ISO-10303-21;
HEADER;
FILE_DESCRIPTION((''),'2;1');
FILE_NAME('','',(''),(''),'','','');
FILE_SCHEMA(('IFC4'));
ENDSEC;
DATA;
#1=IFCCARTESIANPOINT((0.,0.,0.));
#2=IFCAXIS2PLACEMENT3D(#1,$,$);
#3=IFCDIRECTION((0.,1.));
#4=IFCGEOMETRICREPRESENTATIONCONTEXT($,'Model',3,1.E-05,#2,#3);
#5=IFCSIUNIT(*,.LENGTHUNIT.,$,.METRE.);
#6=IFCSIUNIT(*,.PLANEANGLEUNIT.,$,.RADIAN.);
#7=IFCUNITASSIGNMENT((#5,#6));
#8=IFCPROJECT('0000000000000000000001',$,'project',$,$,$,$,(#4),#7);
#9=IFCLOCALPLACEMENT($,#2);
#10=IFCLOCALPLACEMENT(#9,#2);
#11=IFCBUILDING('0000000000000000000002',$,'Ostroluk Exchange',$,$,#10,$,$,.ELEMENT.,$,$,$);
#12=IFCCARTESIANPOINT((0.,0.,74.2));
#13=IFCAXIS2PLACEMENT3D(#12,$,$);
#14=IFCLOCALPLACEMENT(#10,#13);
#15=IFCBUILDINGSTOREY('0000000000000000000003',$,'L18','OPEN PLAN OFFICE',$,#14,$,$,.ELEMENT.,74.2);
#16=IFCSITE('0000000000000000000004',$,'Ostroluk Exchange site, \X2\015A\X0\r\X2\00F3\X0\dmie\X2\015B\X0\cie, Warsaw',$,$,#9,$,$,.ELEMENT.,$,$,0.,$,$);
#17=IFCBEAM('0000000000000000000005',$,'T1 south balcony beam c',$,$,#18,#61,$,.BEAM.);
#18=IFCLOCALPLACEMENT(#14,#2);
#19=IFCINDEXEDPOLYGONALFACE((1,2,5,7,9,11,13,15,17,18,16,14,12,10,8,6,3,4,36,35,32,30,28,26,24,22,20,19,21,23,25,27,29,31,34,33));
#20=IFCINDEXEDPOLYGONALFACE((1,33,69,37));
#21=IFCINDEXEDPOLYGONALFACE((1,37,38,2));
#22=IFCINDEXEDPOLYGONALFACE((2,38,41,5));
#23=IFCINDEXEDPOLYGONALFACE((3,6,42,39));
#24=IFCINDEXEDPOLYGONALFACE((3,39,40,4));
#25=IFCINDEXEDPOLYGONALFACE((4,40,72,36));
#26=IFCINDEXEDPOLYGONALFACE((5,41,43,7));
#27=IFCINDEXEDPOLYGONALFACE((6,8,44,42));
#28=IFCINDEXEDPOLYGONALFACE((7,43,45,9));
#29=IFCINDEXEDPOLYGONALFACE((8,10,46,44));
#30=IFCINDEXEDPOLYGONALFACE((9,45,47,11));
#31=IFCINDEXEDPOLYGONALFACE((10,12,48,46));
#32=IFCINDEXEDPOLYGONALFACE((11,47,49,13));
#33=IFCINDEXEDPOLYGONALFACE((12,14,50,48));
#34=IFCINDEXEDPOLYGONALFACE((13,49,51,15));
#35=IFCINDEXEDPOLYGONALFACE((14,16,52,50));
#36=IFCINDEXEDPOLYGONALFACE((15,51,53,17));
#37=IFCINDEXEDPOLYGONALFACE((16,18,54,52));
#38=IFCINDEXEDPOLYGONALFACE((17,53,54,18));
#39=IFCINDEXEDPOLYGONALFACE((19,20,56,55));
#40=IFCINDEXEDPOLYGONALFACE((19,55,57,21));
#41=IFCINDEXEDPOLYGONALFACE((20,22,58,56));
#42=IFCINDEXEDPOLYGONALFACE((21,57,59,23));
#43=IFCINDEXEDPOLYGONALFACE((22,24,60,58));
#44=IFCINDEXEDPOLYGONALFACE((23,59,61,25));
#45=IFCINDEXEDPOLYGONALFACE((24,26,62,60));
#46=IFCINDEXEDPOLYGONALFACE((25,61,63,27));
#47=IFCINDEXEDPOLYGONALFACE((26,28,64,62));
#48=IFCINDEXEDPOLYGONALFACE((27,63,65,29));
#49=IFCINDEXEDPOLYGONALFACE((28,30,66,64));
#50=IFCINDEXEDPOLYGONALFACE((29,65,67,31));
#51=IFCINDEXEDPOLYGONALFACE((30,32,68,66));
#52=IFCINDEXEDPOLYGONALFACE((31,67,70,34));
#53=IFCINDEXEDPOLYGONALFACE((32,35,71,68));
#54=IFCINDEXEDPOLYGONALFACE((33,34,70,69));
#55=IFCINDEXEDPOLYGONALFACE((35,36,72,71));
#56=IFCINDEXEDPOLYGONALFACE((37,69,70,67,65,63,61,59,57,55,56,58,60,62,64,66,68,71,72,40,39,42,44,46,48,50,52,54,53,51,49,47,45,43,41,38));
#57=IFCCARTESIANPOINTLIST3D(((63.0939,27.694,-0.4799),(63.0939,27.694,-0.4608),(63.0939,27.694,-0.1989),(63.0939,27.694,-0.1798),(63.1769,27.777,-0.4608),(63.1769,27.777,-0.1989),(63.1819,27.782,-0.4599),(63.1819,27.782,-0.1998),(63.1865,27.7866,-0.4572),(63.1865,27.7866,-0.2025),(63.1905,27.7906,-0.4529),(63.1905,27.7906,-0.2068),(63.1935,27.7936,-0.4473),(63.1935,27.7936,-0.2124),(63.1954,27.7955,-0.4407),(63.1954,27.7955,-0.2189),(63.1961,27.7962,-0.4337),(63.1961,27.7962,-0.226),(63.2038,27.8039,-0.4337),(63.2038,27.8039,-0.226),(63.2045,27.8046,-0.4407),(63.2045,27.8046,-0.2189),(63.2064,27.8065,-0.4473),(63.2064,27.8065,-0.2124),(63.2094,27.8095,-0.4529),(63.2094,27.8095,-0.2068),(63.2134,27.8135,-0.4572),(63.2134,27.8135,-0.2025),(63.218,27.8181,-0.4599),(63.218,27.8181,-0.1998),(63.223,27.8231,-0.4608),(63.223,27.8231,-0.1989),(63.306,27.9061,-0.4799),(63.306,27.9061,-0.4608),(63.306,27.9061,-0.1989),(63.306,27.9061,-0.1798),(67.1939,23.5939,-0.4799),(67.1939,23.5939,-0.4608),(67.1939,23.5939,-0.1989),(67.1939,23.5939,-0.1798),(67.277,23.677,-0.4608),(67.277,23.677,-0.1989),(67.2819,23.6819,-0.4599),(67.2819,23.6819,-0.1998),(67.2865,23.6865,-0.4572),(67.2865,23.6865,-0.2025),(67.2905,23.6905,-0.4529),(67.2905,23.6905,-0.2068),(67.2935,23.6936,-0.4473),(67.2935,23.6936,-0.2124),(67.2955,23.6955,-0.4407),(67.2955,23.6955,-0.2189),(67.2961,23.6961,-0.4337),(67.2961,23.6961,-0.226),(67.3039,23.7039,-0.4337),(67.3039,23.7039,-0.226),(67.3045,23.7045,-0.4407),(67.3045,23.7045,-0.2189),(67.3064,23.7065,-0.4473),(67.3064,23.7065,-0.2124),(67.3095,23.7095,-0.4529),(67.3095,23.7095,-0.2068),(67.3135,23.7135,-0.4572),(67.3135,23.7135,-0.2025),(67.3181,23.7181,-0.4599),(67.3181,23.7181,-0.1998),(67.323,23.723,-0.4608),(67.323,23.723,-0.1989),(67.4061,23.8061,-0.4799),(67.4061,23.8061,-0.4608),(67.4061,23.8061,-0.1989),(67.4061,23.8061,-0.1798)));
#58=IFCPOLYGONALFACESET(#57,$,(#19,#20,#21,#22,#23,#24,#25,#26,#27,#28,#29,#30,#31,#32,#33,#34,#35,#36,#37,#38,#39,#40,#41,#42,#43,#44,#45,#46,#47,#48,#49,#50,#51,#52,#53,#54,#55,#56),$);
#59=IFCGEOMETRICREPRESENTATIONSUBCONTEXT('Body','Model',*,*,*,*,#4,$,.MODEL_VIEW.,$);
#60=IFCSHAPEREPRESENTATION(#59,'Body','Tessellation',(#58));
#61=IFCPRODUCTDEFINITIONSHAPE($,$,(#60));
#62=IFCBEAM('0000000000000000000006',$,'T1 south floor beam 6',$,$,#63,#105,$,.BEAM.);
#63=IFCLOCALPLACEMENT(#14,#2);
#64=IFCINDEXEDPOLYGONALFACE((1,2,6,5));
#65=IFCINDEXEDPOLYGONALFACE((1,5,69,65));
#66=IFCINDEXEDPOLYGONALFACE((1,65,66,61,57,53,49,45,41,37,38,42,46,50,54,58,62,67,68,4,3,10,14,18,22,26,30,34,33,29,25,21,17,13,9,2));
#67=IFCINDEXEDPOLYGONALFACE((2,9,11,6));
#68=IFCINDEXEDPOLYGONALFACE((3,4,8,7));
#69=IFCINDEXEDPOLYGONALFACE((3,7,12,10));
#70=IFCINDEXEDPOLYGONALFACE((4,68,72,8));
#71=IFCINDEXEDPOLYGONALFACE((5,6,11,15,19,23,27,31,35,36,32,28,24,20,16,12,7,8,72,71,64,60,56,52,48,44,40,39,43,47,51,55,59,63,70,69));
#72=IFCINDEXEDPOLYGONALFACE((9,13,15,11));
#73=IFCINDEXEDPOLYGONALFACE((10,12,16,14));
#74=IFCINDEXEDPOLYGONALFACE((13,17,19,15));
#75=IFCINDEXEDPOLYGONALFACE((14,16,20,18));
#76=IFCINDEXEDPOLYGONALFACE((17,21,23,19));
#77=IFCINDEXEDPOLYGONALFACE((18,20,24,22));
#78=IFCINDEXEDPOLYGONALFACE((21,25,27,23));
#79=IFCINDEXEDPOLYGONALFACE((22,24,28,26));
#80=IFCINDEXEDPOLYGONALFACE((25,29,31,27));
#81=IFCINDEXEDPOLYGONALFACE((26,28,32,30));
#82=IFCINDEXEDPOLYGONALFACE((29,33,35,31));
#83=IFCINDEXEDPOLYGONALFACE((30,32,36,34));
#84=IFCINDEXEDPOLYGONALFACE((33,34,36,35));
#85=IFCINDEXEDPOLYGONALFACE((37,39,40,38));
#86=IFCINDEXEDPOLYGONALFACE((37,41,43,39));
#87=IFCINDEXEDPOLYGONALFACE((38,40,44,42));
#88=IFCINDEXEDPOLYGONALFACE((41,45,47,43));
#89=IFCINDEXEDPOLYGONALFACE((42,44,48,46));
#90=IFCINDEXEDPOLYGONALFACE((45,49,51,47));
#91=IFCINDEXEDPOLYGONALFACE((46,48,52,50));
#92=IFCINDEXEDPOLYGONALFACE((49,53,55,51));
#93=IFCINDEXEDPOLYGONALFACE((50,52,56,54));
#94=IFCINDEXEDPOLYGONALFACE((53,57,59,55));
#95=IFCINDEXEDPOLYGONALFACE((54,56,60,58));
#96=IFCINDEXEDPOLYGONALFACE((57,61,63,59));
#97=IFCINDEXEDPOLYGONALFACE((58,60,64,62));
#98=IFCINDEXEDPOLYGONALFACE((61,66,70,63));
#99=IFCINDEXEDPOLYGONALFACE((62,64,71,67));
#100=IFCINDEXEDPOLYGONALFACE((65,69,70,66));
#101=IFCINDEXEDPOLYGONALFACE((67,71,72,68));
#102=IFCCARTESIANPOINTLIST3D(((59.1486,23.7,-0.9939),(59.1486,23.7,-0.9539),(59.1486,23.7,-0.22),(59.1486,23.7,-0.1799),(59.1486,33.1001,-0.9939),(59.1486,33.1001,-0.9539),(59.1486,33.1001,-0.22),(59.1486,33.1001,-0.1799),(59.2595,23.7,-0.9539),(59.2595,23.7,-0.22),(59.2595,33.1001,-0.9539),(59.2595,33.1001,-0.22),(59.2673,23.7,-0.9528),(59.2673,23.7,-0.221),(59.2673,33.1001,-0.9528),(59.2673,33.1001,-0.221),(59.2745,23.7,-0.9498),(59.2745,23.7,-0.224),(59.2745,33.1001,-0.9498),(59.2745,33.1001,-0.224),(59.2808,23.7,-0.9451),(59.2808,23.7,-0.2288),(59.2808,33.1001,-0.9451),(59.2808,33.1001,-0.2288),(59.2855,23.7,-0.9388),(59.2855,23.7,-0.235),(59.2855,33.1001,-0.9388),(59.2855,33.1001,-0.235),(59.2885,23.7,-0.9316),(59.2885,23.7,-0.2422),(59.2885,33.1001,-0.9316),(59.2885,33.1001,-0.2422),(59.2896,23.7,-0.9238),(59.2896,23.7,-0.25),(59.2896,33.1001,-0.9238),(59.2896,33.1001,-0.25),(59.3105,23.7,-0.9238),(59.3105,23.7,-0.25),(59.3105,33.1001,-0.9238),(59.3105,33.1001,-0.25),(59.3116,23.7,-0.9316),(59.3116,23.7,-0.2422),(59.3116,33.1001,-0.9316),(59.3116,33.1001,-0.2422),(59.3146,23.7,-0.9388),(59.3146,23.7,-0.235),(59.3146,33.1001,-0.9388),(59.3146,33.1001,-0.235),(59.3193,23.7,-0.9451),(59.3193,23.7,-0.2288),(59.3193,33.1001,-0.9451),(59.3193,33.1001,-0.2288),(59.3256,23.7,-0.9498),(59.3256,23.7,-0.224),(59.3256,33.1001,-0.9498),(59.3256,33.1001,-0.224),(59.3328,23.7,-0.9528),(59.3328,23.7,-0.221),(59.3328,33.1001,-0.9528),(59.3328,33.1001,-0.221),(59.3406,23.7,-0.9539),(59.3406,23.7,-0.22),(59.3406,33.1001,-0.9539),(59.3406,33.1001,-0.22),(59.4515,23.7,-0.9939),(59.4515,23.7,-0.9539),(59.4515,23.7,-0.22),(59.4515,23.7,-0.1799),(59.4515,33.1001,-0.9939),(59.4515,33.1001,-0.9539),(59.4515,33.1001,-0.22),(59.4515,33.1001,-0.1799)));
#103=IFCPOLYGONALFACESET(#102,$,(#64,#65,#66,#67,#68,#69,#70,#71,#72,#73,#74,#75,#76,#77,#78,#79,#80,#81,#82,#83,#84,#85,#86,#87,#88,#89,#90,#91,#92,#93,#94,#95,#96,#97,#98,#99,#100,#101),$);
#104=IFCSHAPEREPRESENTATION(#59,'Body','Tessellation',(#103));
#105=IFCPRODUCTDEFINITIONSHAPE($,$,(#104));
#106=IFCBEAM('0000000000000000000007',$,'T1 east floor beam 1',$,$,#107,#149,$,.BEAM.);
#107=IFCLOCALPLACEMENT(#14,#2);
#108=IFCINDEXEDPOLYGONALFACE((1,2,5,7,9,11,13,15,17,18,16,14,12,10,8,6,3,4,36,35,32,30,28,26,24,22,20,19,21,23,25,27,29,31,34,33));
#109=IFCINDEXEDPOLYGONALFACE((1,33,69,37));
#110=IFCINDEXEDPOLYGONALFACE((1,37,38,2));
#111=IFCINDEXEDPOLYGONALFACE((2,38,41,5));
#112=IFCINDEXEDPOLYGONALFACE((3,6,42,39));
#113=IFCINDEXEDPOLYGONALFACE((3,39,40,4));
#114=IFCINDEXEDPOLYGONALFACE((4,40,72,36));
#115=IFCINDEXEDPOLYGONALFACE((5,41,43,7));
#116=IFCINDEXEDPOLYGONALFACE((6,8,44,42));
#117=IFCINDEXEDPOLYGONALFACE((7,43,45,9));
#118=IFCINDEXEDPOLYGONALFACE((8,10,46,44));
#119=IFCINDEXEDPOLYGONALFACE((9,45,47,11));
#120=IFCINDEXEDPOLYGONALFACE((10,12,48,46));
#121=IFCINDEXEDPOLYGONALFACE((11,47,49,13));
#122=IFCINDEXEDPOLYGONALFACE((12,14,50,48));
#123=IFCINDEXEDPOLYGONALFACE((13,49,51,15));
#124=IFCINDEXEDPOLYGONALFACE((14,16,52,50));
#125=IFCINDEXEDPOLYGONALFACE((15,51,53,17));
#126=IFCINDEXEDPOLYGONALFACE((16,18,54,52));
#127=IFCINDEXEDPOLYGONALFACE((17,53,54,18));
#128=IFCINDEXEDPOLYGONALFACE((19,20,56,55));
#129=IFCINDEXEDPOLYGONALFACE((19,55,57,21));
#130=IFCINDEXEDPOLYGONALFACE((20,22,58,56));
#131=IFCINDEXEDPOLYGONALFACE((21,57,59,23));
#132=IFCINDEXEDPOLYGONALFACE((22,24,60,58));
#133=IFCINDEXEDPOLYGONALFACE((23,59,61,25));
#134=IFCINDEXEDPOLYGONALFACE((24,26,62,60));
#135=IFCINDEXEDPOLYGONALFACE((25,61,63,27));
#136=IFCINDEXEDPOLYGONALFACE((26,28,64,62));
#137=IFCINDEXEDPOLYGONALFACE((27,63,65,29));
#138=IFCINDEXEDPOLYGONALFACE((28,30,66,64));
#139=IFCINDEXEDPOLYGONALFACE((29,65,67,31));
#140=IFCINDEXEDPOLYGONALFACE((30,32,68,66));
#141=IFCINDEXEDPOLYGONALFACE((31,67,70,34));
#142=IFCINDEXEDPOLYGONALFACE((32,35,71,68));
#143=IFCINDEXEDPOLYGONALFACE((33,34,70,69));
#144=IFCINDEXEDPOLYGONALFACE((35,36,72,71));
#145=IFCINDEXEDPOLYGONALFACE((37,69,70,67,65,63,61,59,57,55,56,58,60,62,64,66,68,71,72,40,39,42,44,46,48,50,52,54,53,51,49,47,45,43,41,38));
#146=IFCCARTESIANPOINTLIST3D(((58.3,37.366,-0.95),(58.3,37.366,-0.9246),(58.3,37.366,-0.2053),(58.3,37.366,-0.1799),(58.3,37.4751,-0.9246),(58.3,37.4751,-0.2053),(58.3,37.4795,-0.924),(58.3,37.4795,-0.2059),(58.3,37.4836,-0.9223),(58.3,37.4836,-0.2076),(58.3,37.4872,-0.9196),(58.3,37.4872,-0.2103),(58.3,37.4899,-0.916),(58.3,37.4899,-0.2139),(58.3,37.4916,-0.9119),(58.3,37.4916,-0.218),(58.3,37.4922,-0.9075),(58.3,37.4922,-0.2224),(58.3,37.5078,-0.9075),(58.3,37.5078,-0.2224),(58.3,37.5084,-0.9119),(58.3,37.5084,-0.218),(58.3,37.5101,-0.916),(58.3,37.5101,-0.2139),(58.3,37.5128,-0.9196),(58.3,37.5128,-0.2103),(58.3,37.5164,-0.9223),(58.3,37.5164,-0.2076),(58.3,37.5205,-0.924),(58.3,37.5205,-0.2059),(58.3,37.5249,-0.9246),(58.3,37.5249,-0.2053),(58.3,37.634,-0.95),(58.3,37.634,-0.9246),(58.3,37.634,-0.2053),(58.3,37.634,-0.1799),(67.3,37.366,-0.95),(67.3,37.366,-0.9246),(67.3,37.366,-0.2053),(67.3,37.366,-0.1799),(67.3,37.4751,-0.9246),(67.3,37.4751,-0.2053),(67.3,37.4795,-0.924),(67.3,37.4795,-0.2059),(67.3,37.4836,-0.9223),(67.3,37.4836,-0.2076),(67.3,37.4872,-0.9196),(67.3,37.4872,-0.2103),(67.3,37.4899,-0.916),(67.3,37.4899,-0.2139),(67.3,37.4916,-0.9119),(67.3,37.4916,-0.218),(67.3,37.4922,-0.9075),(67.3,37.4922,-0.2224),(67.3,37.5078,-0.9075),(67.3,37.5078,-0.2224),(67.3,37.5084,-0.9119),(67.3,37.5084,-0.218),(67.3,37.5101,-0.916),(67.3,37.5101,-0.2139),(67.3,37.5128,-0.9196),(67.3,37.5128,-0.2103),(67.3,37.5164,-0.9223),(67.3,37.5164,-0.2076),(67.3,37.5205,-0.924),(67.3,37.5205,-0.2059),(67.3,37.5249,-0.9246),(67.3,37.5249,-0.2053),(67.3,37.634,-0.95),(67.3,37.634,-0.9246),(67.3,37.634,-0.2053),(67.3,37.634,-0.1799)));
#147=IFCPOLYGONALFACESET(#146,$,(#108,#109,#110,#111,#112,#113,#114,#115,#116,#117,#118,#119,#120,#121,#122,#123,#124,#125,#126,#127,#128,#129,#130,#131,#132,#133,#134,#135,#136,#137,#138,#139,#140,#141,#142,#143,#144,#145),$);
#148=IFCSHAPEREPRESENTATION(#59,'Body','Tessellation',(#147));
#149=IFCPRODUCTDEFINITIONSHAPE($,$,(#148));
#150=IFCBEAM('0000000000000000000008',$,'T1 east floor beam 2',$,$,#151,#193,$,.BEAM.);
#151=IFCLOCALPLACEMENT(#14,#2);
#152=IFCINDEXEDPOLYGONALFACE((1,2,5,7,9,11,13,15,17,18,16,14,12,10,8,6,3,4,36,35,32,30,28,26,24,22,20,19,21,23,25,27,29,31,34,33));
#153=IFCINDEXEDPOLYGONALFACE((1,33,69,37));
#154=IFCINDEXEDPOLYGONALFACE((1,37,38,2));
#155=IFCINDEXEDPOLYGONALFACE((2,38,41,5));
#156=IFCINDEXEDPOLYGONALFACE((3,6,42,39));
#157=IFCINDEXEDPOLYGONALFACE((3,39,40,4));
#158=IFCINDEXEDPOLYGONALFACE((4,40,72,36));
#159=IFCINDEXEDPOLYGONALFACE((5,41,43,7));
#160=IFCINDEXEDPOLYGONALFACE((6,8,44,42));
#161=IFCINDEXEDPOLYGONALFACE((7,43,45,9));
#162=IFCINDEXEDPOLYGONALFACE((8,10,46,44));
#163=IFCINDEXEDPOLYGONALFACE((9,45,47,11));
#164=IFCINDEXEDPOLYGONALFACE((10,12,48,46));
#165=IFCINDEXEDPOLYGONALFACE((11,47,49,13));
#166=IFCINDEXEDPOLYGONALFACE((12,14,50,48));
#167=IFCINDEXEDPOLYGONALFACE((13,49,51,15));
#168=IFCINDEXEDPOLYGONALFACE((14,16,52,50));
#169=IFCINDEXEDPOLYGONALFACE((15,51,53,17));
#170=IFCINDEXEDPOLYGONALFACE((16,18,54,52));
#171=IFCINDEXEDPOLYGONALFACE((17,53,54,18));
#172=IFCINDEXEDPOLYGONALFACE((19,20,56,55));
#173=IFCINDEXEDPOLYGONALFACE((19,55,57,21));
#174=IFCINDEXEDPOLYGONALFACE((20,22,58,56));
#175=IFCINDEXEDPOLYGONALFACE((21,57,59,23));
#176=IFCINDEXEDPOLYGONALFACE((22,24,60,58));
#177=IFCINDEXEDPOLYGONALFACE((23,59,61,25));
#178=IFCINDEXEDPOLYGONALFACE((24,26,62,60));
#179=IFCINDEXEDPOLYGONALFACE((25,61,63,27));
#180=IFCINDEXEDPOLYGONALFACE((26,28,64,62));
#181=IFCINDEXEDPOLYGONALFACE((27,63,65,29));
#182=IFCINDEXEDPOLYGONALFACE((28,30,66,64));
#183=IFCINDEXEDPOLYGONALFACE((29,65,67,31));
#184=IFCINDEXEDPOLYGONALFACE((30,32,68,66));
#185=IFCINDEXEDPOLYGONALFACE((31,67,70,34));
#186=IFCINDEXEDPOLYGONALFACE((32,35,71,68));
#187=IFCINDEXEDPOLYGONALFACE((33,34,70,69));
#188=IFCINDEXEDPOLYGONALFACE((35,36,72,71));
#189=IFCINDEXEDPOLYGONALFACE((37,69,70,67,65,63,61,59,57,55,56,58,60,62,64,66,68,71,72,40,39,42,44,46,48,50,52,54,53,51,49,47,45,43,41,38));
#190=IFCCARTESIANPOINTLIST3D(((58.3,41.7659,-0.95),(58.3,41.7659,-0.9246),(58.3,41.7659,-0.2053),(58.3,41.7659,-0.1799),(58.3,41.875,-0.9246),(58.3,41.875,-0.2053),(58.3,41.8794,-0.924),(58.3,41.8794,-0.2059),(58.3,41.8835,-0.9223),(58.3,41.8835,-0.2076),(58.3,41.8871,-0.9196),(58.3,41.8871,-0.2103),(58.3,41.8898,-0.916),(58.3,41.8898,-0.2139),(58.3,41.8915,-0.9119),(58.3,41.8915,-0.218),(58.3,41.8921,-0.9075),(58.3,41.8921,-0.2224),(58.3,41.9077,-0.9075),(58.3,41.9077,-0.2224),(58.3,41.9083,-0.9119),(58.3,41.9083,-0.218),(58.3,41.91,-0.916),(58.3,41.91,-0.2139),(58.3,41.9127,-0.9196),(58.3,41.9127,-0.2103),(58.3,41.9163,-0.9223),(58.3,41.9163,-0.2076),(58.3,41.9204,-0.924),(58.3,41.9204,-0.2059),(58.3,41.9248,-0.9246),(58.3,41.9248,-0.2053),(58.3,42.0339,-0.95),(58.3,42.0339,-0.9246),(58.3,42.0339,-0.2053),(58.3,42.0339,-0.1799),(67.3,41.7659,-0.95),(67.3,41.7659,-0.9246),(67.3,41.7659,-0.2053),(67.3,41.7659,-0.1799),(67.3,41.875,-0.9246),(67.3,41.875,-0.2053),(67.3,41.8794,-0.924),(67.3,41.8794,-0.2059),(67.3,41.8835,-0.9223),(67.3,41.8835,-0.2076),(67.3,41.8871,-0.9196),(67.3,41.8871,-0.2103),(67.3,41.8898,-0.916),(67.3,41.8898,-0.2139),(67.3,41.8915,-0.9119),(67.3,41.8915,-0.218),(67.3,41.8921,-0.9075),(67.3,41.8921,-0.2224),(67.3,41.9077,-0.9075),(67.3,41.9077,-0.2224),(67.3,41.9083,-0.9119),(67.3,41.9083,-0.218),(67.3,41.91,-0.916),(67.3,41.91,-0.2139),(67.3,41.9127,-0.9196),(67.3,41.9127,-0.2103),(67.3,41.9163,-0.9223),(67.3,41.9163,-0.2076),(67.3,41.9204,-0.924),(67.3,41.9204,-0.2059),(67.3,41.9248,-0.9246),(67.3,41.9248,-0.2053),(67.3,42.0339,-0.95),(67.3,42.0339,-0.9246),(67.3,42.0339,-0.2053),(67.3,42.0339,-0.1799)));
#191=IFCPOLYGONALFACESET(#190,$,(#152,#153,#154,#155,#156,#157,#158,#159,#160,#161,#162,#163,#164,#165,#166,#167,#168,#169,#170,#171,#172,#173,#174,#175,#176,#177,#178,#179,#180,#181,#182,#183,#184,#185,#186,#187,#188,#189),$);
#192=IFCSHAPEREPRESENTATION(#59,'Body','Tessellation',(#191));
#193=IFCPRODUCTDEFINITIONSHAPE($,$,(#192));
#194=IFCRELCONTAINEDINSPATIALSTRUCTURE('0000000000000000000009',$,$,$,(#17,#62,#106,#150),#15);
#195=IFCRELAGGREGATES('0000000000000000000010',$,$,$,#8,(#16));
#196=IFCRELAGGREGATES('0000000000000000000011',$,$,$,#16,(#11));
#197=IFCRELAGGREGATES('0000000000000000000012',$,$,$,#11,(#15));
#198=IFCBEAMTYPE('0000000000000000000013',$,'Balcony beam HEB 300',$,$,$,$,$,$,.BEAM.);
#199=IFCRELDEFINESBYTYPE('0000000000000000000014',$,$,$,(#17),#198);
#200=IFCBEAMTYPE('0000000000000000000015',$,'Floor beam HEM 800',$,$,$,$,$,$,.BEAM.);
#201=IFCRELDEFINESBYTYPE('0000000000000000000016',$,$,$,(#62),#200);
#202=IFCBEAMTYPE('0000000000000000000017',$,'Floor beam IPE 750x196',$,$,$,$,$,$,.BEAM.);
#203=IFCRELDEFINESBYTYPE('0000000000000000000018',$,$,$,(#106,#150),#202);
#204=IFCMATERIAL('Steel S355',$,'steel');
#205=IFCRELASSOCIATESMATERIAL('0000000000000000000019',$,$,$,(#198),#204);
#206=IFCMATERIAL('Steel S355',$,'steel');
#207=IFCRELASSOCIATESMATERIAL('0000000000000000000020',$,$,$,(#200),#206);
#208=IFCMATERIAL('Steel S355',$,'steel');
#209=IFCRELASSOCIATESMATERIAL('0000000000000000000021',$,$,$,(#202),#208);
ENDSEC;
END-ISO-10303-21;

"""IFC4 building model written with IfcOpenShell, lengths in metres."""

from ifc_helpers import new_model, si_unit, direction, frame, origin, origin_2d, place, context, subcontext, project, spatial, i_section, extrude, material, material_profile, profile_set, type_object, element, save


model = new_model("IFC4")

# Units and contexts
model_context = context("Model", 3, precision=1e-05, world=origin(), true_north=direction((0.0, 1.0)))
body_context = subcontext(model_context, "Body", "Model", "MODEL_VIEW")
ifc_project = project(units=[si_unit("LENGTHUNIT", "METRE"), si_unit("PLANEANGLEUNIT", "RADIAN")], contexts=[model_context])

# Site, building, storey
site_placement = place(None, origin())
site = spatial("IfcSite", under=ifc_project, at=site_placement, Name="Ostroluk Exchange site, Śródmieście, Warsaw", CompositionType="ELEMENT", RefElevation=0.0)
building_placement = place(site_placement, origin())
building = spatial("IfcBuilding", under=site, at=building_placement, Name="Ostroluk Exchange", CompositionType="ELEMENT")
storey_placement = place(building_placement, frame((0.0, 0.0, 74.2)))
storey = spatial("IfcBuildingStorey", under=building, at=storey_placement, Name="L18", Description="OPEN PLAN OFFICE", CompositionType="ELEMENT", Elevation=74.2)

# Beams
ifc_material_1 = material(Name="Steel S355", Category="steel")
ifc_material_profile_1 = material_profile(ifc_material_1, i_section(OverallWidth=0.3, OverallDepth=0.3, WebThickness=0.011, FlangeThickness=0.019, FilletRadius=0.0271, at=origin_2d()), Name="HEB 300")
ifc_profile_set_1 = profile_set([ifc_material_profile_1], Name="Steel S355")
beam_type_1 = type_object("IfcBeamType", Name="Balcony beam HEB 300", PredefinedType="BEAM", material=ifc_profile_set_1)
beam_1_placement = place(storey_placement, frame((63.2, 27.8, -0.3298), z_axis=(0.707107, -0.707107, 0.0), x_axis=(0.707107, 0.707107, 0.0)))
element("IfcBeam", 1, at=beam_1_placement, inside=storey, type_object=beam_type_1, Name="T1 south balcony beam c", PredefinedType="BEAM", context=body_context, shape_type="SweptSolid", body=[
    extrude(i_section(OverallWidth=0.3, OverallDepth=0.3, WebThickness=0.011, FlangeThickness=0.019, FilletRadius=0.0271, at=origin_2d()), origin(), (0.0, 0.0, 1.0), 5.7983),
])
ifc_material_2 = material(Name="Steel S355", Category="steel")
ifc_material_profile_2 = material_profile(ifc_material_2, i_section(OverallWidth=0.303, OverallDepth=0.814, WebThickness=0.021, FlangeThickness=0.04, FilletRadius=0.03, at=origin_2d()), Name="HEM 800")
ifc_profile_set_2 = profile_set([ifc_material_profile_2], Name="Steel S355")
beam_type_2 = type_object("IfcBeamType", Name="Floor beam HEM 800", PredefinedType="BEAM", material=ifc_profile_set_2)
beam_2_placement = place(storey_placement, frame((59.3, 33.1001, -0.5869), z_axis=(0.0, -1.0, 0.0), x_axis=(1.0, 0.0, 0.0)))
element("IfcBeam", 2, at=beam_2_placement, inside=storey, type_object=beam_type_2, Name="T1 south floor beam 6", PredefinedType="BEAM", context=body_context, shape_type="SweptSolid", body=[
    extrude(i_section(OverallWidth=0.303, OverallDepth=0.814, WebThickness=0.021, FlangeThickness=0.04, FilletRadius=0.03, at=origin_2d()), origin(), (0.0, 0.0, 1.0), 9.4001),
])
ifc_material_3 = material(Name="Steel S355", Category="steel")
ifc_material_profile_3 = material_profile(ifc_material_3, i_section(OverallWidth=0.2681, OverallDepth=0.77, WebThickness=0.0156, FlangeThickness=0.0254, FilletRadius=0.0171, at=origin_2d()), Name="IPE 750x196")
ifc_profile_set_3 = profile_set([ifc_material_profile_3], Name="Steel S355")
beam_type_3 = type_object("IfcBeamType", Name="Floor beam IPE 750x196", PredefinedType="BEAM", material=ifc_profile_set_3)
for number, where, z_axis, x_axis, name in (
    (3, (58.3, 37.5, -0.5649), (1.0, 0.0, 0.0), (0.0, 1.0, 0.0), "T1 east floor beam 1"),
    (4, (58.3, 41.8999, -0.5649), (1.0, 0.0, 0.0), (0.0, 1.0, 0.0), "T1 east floor beam 2"),
):
    element("IfcBeam", number, at=place(storey_placement, frame(where, z_axis=z_axis, x_axis=x_axis)), inside=storey, type_object=beam_type_3, Name=name, PredefinedType="BEAM", context=body_context, shape_type="SweptSolid", body=[
        extrude(i_section(OverallWidth=0.2681, OverallDepth=0.77, WebThickness=0.0156, FlangeThickness=0.0254, FilletRadius=0.0171, at=origin_2d()), origin(), (0.0, 0.0, 1.0), 9.0),
    ])

save(model, "model.ifc")
